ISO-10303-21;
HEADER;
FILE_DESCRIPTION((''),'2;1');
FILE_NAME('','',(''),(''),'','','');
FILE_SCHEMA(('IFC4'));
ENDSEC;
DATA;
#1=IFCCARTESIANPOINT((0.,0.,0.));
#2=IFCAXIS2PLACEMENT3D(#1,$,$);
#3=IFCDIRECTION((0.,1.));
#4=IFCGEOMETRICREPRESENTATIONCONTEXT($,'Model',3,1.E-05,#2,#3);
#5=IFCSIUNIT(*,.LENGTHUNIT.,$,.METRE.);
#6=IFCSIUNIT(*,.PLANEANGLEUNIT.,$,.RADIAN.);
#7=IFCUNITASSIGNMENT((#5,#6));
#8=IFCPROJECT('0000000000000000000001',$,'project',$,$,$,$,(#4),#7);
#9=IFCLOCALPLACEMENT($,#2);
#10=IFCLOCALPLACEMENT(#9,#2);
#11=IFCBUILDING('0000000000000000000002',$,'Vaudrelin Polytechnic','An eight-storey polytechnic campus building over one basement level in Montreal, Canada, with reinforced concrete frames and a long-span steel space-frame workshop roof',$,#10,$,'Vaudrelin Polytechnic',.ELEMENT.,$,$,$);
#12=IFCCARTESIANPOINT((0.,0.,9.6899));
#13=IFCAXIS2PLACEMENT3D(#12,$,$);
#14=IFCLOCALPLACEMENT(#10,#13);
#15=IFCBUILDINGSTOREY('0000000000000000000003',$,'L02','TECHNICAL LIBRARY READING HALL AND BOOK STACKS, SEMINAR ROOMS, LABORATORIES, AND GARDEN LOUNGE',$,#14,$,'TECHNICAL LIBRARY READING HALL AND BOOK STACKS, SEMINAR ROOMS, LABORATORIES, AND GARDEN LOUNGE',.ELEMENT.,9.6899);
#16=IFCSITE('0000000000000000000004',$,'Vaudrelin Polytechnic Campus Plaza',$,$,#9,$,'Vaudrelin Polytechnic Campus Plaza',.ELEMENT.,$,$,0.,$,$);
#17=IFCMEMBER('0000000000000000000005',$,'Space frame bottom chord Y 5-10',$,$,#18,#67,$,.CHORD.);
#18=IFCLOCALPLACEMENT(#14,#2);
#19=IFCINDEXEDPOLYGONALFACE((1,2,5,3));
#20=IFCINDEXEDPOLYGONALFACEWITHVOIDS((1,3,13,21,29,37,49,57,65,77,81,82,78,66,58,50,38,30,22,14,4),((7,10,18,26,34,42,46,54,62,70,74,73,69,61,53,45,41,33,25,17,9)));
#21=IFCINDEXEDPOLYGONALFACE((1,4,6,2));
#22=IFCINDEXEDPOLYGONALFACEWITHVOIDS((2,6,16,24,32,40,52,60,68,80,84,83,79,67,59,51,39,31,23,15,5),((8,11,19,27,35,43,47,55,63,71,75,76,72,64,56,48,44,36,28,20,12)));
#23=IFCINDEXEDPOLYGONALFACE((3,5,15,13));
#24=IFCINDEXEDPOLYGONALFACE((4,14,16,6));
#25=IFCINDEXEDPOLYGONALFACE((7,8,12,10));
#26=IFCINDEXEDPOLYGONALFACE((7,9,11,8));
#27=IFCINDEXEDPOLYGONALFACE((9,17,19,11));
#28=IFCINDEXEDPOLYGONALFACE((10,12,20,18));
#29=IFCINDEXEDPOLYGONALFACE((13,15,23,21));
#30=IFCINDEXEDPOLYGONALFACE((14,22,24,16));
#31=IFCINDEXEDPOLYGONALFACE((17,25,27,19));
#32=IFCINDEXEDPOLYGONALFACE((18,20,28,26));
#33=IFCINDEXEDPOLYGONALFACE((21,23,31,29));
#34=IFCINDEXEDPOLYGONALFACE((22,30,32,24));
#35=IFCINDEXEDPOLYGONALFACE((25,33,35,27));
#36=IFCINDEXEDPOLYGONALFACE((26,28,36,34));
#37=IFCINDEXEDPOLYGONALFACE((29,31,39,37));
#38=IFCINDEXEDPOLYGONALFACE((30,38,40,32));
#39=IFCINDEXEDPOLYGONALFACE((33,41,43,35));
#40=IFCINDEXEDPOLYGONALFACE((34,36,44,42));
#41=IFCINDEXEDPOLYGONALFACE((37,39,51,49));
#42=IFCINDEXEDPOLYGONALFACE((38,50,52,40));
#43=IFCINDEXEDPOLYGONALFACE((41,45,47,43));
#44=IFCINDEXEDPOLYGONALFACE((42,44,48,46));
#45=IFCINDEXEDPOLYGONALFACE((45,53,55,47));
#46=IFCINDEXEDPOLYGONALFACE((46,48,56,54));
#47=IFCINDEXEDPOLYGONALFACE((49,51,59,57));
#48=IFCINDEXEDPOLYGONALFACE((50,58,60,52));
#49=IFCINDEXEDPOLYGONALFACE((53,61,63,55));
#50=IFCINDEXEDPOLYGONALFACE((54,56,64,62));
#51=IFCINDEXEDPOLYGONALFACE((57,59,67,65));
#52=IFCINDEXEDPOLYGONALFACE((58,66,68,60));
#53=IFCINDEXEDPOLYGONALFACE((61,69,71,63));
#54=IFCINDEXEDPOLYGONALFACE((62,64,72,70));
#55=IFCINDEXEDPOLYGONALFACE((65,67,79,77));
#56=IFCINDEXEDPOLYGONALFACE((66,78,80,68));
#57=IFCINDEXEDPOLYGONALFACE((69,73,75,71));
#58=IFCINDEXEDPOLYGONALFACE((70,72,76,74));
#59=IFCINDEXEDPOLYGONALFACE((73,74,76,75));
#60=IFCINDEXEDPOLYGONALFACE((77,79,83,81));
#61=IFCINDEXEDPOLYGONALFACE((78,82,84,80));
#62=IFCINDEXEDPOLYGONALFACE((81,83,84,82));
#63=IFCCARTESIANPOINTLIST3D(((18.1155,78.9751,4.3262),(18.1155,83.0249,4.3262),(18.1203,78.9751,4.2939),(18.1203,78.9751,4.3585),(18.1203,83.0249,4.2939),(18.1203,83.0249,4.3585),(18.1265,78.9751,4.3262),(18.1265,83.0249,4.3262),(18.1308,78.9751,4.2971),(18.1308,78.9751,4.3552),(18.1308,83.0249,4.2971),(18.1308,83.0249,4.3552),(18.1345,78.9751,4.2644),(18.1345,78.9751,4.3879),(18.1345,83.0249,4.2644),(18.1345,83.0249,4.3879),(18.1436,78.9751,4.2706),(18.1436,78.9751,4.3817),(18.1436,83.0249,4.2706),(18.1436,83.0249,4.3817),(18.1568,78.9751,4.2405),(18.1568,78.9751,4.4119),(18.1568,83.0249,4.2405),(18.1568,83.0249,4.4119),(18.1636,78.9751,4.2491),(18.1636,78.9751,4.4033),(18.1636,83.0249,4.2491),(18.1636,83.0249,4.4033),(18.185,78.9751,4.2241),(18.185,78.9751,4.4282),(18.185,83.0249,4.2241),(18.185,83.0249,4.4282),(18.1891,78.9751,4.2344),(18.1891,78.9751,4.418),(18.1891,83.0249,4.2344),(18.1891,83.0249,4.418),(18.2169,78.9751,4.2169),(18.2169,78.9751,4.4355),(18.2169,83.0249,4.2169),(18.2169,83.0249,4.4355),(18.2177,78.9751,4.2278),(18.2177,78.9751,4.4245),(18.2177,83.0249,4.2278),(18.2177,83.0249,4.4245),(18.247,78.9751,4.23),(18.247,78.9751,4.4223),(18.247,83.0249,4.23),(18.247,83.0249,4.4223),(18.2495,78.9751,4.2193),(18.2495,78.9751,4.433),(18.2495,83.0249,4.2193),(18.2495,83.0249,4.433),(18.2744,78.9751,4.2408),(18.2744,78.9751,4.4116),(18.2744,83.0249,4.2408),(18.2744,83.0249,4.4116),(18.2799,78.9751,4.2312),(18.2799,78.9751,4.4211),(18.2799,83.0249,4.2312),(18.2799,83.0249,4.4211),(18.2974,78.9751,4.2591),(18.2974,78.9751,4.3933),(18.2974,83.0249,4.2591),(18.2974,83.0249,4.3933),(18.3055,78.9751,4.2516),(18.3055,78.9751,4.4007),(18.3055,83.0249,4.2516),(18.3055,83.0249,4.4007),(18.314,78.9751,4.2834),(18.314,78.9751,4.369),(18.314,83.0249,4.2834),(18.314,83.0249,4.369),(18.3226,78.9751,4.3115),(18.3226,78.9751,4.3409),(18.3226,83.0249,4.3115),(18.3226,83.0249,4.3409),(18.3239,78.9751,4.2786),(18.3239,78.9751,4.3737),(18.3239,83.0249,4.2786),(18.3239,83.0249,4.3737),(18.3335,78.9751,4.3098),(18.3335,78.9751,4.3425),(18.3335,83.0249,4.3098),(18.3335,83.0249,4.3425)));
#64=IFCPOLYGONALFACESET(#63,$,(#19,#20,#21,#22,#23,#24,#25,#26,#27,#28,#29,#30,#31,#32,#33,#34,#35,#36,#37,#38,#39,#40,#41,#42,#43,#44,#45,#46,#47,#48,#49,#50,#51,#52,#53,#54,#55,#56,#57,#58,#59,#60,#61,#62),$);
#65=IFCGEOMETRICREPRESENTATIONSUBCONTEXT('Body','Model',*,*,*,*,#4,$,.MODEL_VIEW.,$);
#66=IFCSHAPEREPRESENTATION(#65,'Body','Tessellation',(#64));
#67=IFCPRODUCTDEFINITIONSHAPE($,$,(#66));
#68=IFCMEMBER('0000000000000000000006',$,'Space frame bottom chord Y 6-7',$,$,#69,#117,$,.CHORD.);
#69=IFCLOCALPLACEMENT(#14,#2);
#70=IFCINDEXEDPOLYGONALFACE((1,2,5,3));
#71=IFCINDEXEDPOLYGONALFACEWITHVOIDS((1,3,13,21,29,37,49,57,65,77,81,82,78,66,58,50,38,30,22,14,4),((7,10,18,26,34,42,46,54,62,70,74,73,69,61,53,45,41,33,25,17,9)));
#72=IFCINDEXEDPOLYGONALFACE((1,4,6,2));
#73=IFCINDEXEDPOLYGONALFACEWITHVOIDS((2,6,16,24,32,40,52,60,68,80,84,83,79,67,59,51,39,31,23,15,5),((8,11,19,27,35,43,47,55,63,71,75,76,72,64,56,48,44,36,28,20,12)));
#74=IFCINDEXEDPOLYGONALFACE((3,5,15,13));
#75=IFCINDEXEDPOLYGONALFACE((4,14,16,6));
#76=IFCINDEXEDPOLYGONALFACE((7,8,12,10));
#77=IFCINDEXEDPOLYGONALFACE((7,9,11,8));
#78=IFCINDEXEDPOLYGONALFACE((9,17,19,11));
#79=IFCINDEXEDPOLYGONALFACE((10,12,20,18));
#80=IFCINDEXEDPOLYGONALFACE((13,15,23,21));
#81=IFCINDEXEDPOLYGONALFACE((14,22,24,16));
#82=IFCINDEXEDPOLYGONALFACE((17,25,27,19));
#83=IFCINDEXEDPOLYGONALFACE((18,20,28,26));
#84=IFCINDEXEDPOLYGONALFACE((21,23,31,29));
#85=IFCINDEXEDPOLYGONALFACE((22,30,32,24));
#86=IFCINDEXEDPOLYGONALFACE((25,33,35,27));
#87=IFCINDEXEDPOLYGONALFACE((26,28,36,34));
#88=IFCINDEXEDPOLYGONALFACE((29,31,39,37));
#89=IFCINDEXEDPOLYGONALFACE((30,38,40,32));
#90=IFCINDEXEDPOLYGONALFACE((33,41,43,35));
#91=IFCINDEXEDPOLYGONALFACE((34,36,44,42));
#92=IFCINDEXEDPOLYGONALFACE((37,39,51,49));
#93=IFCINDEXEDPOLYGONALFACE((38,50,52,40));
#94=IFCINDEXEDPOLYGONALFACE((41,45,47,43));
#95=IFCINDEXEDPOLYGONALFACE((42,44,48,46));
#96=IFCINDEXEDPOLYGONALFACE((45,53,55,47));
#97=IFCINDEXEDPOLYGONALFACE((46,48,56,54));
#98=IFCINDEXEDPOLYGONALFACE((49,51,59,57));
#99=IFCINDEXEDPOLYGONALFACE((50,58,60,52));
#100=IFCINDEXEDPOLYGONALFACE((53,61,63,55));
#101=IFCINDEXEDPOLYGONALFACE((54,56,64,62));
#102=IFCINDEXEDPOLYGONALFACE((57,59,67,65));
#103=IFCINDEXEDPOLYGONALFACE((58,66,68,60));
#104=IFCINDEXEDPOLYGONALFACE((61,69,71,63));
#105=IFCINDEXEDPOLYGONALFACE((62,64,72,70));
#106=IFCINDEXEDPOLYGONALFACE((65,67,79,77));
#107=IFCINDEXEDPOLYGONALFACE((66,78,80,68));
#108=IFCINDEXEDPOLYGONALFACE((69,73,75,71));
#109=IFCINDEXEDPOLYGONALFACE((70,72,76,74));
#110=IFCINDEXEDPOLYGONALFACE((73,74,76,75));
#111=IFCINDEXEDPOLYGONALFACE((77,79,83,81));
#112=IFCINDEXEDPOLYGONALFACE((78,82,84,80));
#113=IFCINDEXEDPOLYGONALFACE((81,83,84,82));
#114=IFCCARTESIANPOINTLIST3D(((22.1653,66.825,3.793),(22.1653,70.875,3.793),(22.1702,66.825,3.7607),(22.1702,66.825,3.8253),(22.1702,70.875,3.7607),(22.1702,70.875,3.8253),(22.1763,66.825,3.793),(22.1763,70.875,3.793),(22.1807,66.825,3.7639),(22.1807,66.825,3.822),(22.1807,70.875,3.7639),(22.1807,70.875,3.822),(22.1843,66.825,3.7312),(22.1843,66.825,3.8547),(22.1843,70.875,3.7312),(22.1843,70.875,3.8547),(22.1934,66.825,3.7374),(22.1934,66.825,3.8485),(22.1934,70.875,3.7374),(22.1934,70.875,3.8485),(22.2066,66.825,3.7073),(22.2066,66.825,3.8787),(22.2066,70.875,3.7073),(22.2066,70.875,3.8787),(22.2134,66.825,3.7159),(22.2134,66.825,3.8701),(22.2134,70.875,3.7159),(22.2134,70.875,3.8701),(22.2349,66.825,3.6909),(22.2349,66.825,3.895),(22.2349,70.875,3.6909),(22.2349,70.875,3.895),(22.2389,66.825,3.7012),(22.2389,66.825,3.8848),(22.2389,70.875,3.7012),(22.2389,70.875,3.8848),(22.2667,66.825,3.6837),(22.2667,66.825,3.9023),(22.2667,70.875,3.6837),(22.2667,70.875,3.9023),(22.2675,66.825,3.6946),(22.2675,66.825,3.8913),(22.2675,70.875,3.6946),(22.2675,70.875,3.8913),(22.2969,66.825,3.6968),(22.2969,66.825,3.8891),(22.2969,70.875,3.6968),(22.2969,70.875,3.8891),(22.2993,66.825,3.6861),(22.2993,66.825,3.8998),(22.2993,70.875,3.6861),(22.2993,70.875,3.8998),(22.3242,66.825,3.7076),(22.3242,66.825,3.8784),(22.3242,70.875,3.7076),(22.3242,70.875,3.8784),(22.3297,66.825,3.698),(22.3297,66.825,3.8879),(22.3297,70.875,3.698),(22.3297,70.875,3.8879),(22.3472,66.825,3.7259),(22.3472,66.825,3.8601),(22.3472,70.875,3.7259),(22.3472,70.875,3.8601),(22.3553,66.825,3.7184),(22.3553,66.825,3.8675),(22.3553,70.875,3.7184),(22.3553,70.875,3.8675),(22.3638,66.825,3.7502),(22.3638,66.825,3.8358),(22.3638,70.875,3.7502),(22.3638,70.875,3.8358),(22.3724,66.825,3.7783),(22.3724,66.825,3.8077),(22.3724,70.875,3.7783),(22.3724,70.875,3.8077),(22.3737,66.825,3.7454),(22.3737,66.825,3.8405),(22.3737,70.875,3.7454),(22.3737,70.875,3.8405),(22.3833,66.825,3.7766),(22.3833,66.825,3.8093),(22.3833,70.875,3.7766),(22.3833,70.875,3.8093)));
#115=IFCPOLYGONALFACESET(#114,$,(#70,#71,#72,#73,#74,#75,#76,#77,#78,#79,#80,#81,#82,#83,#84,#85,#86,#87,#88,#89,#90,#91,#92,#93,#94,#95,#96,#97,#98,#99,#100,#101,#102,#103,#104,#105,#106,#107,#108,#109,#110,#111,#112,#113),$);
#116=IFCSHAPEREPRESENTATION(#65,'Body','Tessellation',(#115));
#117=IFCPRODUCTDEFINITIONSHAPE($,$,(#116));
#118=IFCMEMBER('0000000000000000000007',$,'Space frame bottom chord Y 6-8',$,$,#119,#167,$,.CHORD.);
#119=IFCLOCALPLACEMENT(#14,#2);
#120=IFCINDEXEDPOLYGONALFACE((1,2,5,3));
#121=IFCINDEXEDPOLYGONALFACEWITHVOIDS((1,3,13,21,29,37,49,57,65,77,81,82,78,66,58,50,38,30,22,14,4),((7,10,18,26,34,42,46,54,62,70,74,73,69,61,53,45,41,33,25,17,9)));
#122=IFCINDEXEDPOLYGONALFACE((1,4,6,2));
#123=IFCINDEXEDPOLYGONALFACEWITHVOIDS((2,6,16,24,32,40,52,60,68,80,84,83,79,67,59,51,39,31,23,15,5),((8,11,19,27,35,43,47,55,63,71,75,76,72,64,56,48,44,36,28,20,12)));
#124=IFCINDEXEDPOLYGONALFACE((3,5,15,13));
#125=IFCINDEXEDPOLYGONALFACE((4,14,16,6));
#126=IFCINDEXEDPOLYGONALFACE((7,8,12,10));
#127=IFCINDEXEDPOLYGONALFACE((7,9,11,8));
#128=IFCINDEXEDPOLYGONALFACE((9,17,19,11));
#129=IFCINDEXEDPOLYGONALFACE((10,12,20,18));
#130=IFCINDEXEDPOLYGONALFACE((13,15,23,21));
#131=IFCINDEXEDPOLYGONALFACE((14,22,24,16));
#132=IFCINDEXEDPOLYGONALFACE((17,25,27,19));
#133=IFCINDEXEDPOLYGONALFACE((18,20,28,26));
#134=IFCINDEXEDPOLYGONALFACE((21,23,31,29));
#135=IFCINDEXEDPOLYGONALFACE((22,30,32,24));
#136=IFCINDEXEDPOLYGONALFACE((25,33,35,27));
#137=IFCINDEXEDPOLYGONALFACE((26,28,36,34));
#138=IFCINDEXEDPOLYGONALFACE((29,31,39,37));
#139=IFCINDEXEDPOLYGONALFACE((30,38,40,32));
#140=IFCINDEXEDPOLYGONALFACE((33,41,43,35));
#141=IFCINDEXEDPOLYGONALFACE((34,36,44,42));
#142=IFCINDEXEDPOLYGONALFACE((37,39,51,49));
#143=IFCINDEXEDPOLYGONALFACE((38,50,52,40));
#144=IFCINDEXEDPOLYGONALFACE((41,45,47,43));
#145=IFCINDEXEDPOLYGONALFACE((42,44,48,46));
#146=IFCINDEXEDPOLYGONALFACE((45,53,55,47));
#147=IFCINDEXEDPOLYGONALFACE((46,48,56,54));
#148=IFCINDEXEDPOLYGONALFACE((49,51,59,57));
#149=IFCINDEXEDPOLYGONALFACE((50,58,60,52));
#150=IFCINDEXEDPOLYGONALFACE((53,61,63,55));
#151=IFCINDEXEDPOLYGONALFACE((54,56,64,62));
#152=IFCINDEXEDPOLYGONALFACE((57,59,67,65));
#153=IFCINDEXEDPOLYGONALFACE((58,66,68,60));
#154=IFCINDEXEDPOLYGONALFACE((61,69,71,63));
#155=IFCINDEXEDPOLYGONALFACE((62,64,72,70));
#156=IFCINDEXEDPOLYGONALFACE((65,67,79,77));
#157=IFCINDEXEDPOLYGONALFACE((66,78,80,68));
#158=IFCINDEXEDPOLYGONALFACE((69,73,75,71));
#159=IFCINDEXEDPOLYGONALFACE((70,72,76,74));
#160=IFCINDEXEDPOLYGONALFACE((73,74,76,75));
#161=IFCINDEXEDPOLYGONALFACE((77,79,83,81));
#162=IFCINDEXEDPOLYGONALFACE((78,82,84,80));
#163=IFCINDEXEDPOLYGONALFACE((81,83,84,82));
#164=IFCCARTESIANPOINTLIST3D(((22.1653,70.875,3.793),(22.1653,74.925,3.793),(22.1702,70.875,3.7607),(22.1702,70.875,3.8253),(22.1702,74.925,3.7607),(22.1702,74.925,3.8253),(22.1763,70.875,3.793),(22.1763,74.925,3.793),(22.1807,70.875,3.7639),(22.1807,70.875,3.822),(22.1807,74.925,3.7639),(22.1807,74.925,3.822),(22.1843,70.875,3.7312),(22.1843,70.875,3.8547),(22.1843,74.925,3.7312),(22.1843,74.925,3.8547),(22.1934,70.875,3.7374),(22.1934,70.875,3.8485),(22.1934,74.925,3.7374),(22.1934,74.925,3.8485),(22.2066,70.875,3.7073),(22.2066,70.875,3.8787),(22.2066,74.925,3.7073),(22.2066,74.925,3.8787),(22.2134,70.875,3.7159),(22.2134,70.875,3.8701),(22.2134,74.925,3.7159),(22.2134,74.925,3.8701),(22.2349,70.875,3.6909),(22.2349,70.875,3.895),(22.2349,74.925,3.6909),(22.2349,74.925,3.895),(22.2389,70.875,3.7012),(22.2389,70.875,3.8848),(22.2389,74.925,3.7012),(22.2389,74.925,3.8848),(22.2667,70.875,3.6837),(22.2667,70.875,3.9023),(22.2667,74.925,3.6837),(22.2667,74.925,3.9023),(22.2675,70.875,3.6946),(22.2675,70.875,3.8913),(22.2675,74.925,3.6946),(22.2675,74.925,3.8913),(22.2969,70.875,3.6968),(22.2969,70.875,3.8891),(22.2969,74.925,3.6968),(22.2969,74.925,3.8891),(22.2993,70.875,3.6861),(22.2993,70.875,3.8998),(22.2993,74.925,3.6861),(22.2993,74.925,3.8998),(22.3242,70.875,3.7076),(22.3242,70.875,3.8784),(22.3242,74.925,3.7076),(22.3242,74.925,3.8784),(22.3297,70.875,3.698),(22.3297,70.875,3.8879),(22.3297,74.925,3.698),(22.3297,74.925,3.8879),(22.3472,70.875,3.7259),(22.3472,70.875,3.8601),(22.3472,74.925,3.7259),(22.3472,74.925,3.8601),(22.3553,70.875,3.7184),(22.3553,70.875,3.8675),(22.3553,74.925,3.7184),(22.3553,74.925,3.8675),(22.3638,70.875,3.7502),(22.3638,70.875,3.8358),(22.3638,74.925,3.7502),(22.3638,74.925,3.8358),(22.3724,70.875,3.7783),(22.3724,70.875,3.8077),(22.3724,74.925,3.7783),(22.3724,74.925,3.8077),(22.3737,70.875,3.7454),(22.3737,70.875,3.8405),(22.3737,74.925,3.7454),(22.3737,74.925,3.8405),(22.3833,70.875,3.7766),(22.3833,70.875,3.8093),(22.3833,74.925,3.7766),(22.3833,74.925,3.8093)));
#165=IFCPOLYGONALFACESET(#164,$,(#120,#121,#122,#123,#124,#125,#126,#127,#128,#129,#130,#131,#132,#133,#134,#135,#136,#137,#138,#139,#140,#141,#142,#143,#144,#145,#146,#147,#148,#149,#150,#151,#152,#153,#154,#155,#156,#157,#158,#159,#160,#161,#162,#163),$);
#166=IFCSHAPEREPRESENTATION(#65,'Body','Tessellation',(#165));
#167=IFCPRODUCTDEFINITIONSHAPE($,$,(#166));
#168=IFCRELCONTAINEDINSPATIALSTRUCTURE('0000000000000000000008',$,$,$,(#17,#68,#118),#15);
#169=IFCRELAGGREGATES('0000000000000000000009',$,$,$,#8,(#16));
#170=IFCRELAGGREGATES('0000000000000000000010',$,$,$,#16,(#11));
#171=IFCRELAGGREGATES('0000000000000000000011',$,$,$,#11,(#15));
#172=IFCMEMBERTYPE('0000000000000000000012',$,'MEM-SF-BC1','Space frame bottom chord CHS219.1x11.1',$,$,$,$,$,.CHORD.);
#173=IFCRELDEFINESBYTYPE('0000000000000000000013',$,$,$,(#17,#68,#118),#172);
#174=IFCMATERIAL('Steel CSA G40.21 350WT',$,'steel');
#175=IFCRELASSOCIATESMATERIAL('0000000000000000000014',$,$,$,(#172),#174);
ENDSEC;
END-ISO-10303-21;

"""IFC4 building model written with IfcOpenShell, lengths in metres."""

from ifc_helpers import new_model, si_unit, direction, frame, origin, origin_2d, place, context, subcontext, project, spatial, hollow_circle, extrude, material, material_profile, profile_set, type_object, element, save


model = new_model("IFC4")

# Units and contexts
model_context = context("Model", 3, precision=1e-05, world=origin(), true_north=direction((0.0, 1.0)))
body_context = subcontext(model_context, "Body", "Model", "MODEL_VIEW")
ifc_project = project(units=[si_unit("LENGTHUNIT", "METRE"), si_unit("PLANEANGLEUNIT", "RADIAN")], contexts=[model_context])

# Site, building, storey
site_placement = place(None, origin())
site = spatial("IfcSite", under=ifc_project, at=site_placement, Name="Vaudrelin Polytechnic Campus Plaza", LongName="Vaudrelin Polytechnic Campus Plaza", CompositionType="ELEMENT", RefElevation=0.0)
building_placement = place(site_placement, origin())
building = spatial("IfcBuilding", under=site, at=building_placement, Name="Vaudrelin Polytechnic", Description="An eight-storey polytechnic campus building over one basement level in Montreal, Canada, with reinforced concrete frames and a long-span steel space-frame workshop roof", LongName="Vaudrelin Polytechnic", CompositionType="ELEMENT")
storey_placement = place(building_placement, frame((0.0, 0.0, 9.6899)))
storey = spatial("IfcBuildingStorey", under=building, at=storey_placement, Name="L02", Description="TECHNICAL LIBRARY READING HALL AND BOOK STACKS, SEMINAR ROOMS, LABORATORIES, AND GARDEN LOUNGE", LongName="TECHNICAL LIBRARY READING HALL AND BOOK STACKS, SEMINAR ROOMS, LABORATORIES, AND GARDEN LOUNGE", CompositionType="ELEMENT", Elevation=9.6899)

# Shared definitions
ifc_material_1 = material(Name="Steel CSA G40.21 350WT", Category="steel")

# Members
ifc_material_profile_1 = material_profile(ifc_material_1, hollow_circle(Radius=0.1096, WallThickness=0.011, at=origin_2d()), Name="CHS219.1x11.1")
ifc_profile_set_1 = profile_set([ifc_material_profile_1], Name="Steel CSA G40.21 350WT")
member_type_1 = type_object("IfcMemberType", Name="MEM-SF-BC1", Description="Space frame bottom chord CHS219.1x11.1", PredefinedType="CHORD", material=ifc_profile_set_1)
member_1_placement = place(storey_placement, frame((18.2251, 78.9751, 4.3262), z_axis=(0.0, 1.0, 0.0), x_axis=(-1.0, 0.0, 0.0)))
element("IfcMember", 1, at=member_1_placement, inside=storey, type_object=member_type_1, Name="Space frame bottom chord Y 5-10", PredefinedType="CHORD", context=body_context, shape_type="SweptSolid", body=[
    extrude(hollow_circle(Radius=0.1096, WallThickness=0.011, at=origin_2d()), origin(), (0.0, 0.0, 1.0), 4.0498),
])
for number, where, z_axis, x_axis, name in (
    (2, (22.2749, 66.825, 3.793), (0.0, 1.0, 0.0), (-1.0, 0.0, 0.0), "Space frame bottom chord Y 6-7"),
    (3, (22.2749, 70.875, 3.793), (0.0, 1.0, 0.0), (-1.0, 0.0, 0.0), "Space frame bottom chord Y 6-8"),
):
    element("IfcMember", number, at=place(storey_placement, frame(where, z_axis=z_axis, x_axis=x_axis)), inside=storey, type_object=member_type_1, Name=name, PredefinedType="CHORD", context=body_context, shape_type="SweptSolid", body=[
        extrude(hollow_circle(Radius=0.1096, WallThickness=0.011, at=origin_2d()), origin(), (0.0, 0.0, 1.0), 4.05),
    ])

save(model, "model.ifc")
